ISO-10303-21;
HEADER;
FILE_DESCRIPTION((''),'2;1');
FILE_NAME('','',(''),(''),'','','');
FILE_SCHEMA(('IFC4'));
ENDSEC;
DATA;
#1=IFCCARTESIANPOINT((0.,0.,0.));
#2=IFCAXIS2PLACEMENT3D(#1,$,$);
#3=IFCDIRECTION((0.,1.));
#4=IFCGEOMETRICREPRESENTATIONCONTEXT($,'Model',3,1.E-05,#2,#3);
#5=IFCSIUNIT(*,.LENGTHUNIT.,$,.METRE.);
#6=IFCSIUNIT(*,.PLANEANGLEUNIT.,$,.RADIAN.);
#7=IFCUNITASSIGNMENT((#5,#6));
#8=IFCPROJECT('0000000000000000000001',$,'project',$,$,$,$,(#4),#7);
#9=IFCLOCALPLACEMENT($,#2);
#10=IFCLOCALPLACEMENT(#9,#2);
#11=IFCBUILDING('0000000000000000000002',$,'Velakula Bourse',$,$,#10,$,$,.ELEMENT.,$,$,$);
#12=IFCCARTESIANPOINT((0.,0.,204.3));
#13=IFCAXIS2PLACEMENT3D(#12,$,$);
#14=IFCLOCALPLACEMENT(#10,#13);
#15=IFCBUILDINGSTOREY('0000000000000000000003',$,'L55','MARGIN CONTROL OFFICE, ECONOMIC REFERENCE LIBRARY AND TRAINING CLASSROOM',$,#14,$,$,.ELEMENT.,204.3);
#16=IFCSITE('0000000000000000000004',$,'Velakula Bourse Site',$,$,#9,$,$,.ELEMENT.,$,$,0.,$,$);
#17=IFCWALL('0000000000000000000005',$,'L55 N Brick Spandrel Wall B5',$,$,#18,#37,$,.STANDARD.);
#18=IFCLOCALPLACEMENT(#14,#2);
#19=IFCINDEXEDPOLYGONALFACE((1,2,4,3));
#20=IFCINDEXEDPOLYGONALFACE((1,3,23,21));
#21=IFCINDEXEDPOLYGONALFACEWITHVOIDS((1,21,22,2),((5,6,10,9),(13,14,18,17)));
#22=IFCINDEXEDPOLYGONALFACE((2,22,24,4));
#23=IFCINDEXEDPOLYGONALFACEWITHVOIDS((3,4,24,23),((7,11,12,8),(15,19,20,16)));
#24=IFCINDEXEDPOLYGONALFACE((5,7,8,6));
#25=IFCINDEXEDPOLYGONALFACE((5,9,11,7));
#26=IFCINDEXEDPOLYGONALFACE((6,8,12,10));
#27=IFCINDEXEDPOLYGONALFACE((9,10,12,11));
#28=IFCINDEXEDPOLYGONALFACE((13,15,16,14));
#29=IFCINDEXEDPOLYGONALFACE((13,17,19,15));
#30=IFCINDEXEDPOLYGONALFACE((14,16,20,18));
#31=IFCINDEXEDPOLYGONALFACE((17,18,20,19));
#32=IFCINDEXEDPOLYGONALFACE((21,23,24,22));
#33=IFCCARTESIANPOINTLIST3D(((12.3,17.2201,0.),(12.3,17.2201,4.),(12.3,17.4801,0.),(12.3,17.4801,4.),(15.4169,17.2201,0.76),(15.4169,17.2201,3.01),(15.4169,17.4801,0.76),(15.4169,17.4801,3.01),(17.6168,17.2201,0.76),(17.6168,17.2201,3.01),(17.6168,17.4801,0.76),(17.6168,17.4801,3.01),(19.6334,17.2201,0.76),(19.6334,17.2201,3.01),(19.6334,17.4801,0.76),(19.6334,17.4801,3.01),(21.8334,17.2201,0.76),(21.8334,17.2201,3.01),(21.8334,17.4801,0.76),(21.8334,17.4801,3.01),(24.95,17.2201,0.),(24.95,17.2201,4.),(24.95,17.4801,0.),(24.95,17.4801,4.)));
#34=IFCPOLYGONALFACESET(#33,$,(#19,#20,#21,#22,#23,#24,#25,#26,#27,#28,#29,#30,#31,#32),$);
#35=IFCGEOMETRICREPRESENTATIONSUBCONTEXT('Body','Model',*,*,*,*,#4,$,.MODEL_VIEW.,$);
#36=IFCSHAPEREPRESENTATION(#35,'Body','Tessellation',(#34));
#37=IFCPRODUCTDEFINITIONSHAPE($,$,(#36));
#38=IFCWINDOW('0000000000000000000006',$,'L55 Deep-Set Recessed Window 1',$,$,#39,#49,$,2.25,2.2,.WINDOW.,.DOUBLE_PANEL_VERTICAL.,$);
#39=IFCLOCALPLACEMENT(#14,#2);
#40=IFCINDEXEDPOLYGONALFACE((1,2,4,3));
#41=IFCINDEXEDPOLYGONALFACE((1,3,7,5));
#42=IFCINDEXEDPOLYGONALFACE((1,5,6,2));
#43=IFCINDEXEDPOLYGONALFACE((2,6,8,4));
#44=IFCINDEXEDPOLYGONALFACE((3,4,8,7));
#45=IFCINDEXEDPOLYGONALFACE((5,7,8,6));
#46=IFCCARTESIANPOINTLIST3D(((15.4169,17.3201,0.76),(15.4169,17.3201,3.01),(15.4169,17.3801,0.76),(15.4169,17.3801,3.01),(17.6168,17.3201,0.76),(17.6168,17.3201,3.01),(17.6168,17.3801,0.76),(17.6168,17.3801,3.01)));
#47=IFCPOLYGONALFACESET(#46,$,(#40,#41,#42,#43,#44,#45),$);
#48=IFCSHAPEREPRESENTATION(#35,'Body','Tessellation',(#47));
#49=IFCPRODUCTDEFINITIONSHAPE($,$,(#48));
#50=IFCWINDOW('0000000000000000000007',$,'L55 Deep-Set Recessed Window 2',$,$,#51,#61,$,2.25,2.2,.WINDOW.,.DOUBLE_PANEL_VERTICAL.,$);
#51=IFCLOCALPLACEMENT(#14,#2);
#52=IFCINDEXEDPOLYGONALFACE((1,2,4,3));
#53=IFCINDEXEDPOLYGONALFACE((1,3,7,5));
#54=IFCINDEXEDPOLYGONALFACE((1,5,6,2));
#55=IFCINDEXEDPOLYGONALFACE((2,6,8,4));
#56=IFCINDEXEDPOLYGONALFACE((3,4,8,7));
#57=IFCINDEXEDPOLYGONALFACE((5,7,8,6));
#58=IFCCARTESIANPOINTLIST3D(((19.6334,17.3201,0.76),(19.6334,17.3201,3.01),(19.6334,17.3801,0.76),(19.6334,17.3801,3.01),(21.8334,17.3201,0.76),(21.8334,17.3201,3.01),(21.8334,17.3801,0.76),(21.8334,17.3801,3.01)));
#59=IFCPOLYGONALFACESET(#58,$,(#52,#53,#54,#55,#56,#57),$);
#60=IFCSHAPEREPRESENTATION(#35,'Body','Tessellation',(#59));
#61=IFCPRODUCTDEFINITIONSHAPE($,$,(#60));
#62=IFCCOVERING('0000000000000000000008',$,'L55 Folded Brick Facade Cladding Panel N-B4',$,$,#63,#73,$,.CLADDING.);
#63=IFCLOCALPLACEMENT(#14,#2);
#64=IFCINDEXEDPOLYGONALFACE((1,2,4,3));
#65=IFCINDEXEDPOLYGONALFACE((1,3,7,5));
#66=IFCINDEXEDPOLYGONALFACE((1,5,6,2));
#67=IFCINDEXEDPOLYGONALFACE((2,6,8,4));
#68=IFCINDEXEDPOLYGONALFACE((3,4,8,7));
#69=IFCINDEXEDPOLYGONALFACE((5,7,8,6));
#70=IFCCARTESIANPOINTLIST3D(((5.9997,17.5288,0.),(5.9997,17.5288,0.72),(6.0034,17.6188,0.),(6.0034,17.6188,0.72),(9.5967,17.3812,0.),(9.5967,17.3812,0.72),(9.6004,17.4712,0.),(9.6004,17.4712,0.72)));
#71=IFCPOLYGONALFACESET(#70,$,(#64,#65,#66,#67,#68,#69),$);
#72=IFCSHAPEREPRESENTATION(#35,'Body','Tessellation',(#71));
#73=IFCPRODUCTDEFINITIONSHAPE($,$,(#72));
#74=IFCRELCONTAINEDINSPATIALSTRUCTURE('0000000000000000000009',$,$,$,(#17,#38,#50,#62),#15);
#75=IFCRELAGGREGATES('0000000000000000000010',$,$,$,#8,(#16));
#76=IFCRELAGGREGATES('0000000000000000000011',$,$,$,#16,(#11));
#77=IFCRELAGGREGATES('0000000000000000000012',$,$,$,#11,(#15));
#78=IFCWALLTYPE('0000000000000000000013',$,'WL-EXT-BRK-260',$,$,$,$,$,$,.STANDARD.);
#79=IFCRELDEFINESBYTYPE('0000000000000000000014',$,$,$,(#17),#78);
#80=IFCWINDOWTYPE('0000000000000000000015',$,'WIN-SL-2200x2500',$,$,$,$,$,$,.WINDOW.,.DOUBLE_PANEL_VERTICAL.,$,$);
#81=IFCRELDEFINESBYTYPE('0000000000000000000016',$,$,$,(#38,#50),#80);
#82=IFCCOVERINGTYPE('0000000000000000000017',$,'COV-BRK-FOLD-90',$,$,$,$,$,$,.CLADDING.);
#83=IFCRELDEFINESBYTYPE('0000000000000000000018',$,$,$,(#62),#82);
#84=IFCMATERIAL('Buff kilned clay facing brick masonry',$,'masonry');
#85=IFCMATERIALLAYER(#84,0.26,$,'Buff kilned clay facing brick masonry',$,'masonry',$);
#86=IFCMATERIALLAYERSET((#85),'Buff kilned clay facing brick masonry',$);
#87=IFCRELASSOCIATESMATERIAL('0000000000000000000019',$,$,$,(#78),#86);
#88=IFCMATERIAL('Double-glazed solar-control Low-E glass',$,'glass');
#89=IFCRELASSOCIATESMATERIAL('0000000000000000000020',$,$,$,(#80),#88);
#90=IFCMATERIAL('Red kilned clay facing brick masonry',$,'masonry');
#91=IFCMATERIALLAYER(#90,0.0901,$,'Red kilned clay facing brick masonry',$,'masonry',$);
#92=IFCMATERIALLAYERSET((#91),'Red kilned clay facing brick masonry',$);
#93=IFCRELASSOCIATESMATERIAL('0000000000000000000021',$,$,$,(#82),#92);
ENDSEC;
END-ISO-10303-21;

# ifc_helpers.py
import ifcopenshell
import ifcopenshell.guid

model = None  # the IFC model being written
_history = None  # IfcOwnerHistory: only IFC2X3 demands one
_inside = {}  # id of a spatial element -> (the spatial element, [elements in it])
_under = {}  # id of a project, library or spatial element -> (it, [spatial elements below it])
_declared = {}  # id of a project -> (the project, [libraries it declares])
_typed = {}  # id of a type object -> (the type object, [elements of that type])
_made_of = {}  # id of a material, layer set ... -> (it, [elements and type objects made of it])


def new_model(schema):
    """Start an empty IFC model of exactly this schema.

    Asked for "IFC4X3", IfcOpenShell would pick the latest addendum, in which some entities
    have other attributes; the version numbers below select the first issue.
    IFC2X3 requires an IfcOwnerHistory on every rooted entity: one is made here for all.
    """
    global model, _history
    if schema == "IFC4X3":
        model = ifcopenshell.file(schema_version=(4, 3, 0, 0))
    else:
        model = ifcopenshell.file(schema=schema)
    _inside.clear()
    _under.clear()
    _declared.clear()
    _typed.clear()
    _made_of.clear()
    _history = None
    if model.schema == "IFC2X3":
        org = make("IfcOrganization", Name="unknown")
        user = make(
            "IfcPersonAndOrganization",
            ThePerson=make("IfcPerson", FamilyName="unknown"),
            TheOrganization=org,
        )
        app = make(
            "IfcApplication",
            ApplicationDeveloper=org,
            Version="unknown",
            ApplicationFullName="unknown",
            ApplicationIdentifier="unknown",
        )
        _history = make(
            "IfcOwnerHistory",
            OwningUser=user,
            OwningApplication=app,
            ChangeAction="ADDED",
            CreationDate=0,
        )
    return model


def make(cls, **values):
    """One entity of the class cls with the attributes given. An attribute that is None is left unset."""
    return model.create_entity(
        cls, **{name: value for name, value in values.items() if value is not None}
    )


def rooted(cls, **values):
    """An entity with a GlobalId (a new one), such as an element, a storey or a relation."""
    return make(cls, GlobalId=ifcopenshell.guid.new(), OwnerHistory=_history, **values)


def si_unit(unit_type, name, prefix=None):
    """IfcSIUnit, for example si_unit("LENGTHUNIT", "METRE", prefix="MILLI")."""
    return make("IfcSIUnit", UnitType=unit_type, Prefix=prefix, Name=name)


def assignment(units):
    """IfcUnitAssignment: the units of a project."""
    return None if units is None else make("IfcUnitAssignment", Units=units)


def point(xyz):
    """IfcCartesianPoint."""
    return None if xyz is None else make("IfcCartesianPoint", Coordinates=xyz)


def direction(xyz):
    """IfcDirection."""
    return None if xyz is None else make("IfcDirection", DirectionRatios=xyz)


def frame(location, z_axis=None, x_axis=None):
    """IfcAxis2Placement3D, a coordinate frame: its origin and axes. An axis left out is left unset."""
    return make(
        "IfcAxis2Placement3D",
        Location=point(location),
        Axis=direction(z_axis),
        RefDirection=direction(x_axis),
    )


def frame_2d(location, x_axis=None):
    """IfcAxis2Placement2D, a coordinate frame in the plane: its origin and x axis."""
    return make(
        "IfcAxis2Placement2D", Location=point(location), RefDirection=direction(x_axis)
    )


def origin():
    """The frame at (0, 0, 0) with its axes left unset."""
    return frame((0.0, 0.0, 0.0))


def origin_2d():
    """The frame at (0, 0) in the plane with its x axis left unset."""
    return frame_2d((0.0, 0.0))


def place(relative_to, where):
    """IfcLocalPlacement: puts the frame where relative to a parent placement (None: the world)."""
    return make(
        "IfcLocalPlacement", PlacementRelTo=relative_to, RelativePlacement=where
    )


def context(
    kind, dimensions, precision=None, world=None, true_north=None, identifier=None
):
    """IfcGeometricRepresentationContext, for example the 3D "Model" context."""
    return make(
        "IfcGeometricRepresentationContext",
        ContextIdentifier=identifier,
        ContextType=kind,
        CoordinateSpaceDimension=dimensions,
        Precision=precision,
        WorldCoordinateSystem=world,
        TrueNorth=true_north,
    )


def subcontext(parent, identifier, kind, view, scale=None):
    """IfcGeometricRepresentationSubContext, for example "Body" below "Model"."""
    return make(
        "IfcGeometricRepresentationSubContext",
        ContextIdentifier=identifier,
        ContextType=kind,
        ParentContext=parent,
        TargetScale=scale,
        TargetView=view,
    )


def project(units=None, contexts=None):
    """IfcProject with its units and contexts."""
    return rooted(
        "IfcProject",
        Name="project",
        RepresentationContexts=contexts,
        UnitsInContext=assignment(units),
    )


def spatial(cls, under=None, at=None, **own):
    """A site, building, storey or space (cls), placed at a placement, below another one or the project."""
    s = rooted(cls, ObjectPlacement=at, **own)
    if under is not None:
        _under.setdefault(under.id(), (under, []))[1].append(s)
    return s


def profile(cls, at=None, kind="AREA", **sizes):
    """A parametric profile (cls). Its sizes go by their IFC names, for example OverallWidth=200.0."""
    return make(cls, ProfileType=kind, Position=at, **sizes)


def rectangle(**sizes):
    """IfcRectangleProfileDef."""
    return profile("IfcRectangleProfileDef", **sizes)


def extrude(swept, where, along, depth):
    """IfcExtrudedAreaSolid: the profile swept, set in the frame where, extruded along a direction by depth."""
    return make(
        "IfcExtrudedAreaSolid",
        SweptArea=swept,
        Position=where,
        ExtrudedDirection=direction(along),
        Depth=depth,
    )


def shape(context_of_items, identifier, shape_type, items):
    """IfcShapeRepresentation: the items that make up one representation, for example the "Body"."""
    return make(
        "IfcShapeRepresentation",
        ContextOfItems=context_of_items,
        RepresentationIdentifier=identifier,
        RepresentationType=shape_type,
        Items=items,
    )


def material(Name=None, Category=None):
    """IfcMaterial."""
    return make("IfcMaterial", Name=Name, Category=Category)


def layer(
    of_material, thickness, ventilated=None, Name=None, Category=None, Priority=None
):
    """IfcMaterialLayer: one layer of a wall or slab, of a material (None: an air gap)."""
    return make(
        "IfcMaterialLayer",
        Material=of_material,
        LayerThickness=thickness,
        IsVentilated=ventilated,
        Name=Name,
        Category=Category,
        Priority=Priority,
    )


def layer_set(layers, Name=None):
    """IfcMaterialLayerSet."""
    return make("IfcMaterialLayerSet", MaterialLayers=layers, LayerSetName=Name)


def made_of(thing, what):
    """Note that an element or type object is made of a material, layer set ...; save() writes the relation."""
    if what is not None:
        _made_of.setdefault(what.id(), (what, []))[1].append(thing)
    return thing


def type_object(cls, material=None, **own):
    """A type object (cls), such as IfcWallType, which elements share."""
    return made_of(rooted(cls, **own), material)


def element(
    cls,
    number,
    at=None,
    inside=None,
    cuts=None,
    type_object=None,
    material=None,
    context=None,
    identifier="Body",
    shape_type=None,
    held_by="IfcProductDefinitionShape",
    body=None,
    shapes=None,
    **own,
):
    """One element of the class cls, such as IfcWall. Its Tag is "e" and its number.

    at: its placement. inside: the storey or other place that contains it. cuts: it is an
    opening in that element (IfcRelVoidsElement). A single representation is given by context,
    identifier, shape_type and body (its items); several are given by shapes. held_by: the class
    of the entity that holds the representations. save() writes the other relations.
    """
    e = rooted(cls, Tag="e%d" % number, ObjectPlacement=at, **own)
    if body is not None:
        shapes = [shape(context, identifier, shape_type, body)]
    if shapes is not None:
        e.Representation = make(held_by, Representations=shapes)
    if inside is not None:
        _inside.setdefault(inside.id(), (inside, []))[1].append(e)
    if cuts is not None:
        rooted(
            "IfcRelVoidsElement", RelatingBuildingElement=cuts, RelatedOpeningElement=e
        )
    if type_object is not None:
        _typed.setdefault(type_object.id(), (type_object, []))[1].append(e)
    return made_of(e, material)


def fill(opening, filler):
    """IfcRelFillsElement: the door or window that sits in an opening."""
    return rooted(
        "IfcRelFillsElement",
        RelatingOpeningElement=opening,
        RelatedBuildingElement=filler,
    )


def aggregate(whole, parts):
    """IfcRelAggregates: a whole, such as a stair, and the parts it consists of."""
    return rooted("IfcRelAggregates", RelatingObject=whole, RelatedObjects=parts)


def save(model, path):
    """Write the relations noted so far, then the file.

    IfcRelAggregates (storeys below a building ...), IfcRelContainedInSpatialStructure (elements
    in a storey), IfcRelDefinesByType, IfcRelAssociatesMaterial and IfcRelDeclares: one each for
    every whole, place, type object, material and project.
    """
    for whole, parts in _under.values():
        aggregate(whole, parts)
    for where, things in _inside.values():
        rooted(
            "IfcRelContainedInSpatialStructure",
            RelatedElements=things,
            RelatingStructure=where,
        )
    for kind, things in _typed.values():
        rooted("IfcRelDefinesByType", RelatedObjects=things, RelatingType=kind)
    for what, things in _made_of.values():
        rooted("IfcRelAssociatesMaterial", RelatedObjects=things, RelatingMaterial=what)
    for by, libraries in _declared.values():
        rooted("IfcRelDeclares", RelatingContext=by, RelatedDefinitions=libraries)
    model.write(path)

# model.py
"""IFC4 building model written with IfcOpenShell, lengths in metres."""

from ifc_helpers import new_model, si_unit, direction, frame, frame_2d, origin, origin_2d, place, context, subcontext, project, spatial, rectangle, extrude, material, layer, layer_set, type_object, element, fill, save


model = new_model("IFC4")

# Units and contexts
model_context = context("Model", 3, precision=1e-05, world=origin(), true_north=direction((0.0, 1.0)))
body_context = subcontext(model_context, "Body", "Model", "MODEL_VIEW")
ifc_project = project(units=[si_unit("LENGTHUNIT", "METRE"), si_unit("PLANEANGLEUNIT", "RADIAN")], contexts=[model_context])

# Site, building, storey
site_placement = place(None, origin())
site = spatial("IfcSite", under=ifc_project, at=site_placement, Name="Velakula Bourse Site", CompositionType="ELEMENT", RefElevation=0.0)
building_placement = place(site_placement, origin())
building = spatial("IfcBuilding", under=site, at=building_placement, Name="Velakula Bourse", CompositionType="ELEMENT")
storey_placement = place(building_placement, frame((0.0, 0.0, 204.3)))
storey = spatial("IfcBuildingStorey", under=building, at=storey_placement, Name="L55", Description="MARGIN CONTROL OFFICE, ECONOMIC REFERENCE LIBRARY AND TRAINING CLASSROOM", CompositionType="ELEMENT", Elevation=204.3)

# Shared definitions
ifc_material_1 = material(Name="Double-glazed solar-control Low-E glass", Category="glass")

# Wall, openings, windows
ifc_material_2 = material(Name="Buff kilned clay facing brick masonry", Category="masonry")
ifc_layer_1 = layer(ifc_material_2, 0.26, Name="Buff kilned clay facing brick masonry", Category="masonry")
ifc_layer_set_1 = layer_set([ifc_layer_1], Name="Buff kilned clay facing brick masonry")
wall_type = type_object("IfcWallType", Name="WL-EXT-BRK-260", PredefinedType="STANDARD", material=ifc_layer_set_1)
window_type = type_object("IfcWindowType", Name="WIN-SL-2200x2500", PartitioningType="DOUBLE_PANEL_VERTICAL", PredefinedType="WINDOW", material=ifc_material_1)
wall_1_placement = place(storey_placement, frame((12.3, 17.3501, 0.0), z_axis=(0.0, 0.0, 1.0), x_axis=(1.0, 0.0, 0.0)))
wall_1 = element("IfcWall", 1, at=wall_1_placement, inside=storey, type_object=wall_type, Name="L55 N Brick Spandrel Wall B5", PredefinedType="STANDARD", context=body_context, shape_type="SweptSolid", body=[
    extrude(rectangle(XDim=12.6499, YDim=0.26, at=frame_2d((6.325, 0.0))), origin(), (0.0, 0.0, 1.0), 4.0),
])
opening_1_placement = place(wall_1_placement, frame((3.1167, 0.0, 0.76)))
opening_1 = element("IfcOpeningElement", 2, at=opening_1_placement, cuts=wall_1, PredefinedType="OPENING", context=body_context, shape_type="SweptSolid", body=[
    extrude(rectangle(XDim=2.2, YDim=2.25, at=frame_2d((1.1001, 1.125))), frame((0.0, 0.1399, 0.0), z_axis=(0.0, -1.0, 0.0), x_axis=(1.0, 0.0, 0.0)), (0.0, 0.0, 1.0), 0.28),
])
opening_2_placement = place(wall_1_placement, frame((7.3333, 0.0, 0.76)))
opening_2 = element("IfcOpeningElement", 3, at=opening_2_placement, cuts=wall_1, PredefinedType="OPENING", context=body_context, shape_type="SweptSolid", body=[
    extrude(rectangle(XDim=2.2, YDim=2.25, at=frame_2d((1.1001, 1.125))), frame((0.0, 0.1399, 0.0), z_axis=(0.0, -1.0, 0.0), x_axis=(1.0, 0.0, 0.0)), (0.0, 0.0, 1.0), 0.28),
])
window_1_placement = place(opening_1_placement, origin())
window_1 = element("IfcWindow", 4, at=window_1_placement, inside=storey, type_object=window_type, Name="L55 Deep-Set Recessed Window 1", OverallHeight=2.25, OverallWidth=2.2, PartitioningType="DOUBLE_PANEL_VERTICAL", PredefinedType="WINDOW", context=body_context, shape_type="SweptSolid", body=[
    extrude(rectangle(XDim=2.2, YDim=2.25, at=frame_2d((1.1001, 1.125))), frame((0.0, 0.03, 0.0), z_axis=(0.0, -1.0, 0.0), x_axis=(1.0, 0.0, 0.0)), (0.0, 0.0, 1.0), 0.0601),
])
fill(opening_1, window_1)
window_2_placement = place(opening_2_placement, origin())
window_2 = element("IfcWindow", 5, at=window_2_placement, inside=storey, type_object=window_type, Name="L55 Deep-Set Recessed Window 2", OverallHeight=2.25, OverallWidth=2.2, PartitioningType="DOUBLE_PANEL_VERTICAL", PredefinedType="WINDOW", context=body_context, shape_type="SweptSolid", body=[
    extrude(rectangle(XDim=2.2, YDim=2.25, at=frame_2d((1.1001, 1.125))), frame((0.0, 0.03, 0.0), z_axis=(0.0, -1.0, 0.0), x_axis=(1.0, 0.0, 0.0)), (0.0, 0.0, 1.0), 0.0601),
])
fill(opening_2, window_2)

# Covering
ifc_material_3 = material(Name="Red kilned clay facing brick masonry", Category="masonry")
ifc_layer_2 = layer(ifc_material_3, 0.0901, Name="Red kilned clay facing brick masonry", Category="masonry")
ifc_layer_set_2 = layer_set([ifc_layer_2], Name="Red kilned clay facing brick masonry")
covering_type = type_object("IfcCoveringType", Name="COV-BRK-FOLD-90", PredefinedType="CLADDING", material=ifc_layer_set_2)
covering_placement = place(storey_placement, frame((7.8, 17.5, 0.0), z_axis=(0.0, 0.0, 1.0), x_axis=(0.999159, -0.041004, 0.0)))
element("IfcCovering", 6, at=covering_placement, inside=storey, type_object=covering_type, Name="L55 Folded Brick Facade Cladding Panel N-B4", PredefinedType="CLADDING", context=body_context, shape_type="SweptSolid", body=[
    extrude(rectangle(XDim=3.6001, YDim=0.0901, at=origin_2d()), origin(), (0.0, 0.0, 1.0), 0.72),
])

save(model, "model.ifc")
